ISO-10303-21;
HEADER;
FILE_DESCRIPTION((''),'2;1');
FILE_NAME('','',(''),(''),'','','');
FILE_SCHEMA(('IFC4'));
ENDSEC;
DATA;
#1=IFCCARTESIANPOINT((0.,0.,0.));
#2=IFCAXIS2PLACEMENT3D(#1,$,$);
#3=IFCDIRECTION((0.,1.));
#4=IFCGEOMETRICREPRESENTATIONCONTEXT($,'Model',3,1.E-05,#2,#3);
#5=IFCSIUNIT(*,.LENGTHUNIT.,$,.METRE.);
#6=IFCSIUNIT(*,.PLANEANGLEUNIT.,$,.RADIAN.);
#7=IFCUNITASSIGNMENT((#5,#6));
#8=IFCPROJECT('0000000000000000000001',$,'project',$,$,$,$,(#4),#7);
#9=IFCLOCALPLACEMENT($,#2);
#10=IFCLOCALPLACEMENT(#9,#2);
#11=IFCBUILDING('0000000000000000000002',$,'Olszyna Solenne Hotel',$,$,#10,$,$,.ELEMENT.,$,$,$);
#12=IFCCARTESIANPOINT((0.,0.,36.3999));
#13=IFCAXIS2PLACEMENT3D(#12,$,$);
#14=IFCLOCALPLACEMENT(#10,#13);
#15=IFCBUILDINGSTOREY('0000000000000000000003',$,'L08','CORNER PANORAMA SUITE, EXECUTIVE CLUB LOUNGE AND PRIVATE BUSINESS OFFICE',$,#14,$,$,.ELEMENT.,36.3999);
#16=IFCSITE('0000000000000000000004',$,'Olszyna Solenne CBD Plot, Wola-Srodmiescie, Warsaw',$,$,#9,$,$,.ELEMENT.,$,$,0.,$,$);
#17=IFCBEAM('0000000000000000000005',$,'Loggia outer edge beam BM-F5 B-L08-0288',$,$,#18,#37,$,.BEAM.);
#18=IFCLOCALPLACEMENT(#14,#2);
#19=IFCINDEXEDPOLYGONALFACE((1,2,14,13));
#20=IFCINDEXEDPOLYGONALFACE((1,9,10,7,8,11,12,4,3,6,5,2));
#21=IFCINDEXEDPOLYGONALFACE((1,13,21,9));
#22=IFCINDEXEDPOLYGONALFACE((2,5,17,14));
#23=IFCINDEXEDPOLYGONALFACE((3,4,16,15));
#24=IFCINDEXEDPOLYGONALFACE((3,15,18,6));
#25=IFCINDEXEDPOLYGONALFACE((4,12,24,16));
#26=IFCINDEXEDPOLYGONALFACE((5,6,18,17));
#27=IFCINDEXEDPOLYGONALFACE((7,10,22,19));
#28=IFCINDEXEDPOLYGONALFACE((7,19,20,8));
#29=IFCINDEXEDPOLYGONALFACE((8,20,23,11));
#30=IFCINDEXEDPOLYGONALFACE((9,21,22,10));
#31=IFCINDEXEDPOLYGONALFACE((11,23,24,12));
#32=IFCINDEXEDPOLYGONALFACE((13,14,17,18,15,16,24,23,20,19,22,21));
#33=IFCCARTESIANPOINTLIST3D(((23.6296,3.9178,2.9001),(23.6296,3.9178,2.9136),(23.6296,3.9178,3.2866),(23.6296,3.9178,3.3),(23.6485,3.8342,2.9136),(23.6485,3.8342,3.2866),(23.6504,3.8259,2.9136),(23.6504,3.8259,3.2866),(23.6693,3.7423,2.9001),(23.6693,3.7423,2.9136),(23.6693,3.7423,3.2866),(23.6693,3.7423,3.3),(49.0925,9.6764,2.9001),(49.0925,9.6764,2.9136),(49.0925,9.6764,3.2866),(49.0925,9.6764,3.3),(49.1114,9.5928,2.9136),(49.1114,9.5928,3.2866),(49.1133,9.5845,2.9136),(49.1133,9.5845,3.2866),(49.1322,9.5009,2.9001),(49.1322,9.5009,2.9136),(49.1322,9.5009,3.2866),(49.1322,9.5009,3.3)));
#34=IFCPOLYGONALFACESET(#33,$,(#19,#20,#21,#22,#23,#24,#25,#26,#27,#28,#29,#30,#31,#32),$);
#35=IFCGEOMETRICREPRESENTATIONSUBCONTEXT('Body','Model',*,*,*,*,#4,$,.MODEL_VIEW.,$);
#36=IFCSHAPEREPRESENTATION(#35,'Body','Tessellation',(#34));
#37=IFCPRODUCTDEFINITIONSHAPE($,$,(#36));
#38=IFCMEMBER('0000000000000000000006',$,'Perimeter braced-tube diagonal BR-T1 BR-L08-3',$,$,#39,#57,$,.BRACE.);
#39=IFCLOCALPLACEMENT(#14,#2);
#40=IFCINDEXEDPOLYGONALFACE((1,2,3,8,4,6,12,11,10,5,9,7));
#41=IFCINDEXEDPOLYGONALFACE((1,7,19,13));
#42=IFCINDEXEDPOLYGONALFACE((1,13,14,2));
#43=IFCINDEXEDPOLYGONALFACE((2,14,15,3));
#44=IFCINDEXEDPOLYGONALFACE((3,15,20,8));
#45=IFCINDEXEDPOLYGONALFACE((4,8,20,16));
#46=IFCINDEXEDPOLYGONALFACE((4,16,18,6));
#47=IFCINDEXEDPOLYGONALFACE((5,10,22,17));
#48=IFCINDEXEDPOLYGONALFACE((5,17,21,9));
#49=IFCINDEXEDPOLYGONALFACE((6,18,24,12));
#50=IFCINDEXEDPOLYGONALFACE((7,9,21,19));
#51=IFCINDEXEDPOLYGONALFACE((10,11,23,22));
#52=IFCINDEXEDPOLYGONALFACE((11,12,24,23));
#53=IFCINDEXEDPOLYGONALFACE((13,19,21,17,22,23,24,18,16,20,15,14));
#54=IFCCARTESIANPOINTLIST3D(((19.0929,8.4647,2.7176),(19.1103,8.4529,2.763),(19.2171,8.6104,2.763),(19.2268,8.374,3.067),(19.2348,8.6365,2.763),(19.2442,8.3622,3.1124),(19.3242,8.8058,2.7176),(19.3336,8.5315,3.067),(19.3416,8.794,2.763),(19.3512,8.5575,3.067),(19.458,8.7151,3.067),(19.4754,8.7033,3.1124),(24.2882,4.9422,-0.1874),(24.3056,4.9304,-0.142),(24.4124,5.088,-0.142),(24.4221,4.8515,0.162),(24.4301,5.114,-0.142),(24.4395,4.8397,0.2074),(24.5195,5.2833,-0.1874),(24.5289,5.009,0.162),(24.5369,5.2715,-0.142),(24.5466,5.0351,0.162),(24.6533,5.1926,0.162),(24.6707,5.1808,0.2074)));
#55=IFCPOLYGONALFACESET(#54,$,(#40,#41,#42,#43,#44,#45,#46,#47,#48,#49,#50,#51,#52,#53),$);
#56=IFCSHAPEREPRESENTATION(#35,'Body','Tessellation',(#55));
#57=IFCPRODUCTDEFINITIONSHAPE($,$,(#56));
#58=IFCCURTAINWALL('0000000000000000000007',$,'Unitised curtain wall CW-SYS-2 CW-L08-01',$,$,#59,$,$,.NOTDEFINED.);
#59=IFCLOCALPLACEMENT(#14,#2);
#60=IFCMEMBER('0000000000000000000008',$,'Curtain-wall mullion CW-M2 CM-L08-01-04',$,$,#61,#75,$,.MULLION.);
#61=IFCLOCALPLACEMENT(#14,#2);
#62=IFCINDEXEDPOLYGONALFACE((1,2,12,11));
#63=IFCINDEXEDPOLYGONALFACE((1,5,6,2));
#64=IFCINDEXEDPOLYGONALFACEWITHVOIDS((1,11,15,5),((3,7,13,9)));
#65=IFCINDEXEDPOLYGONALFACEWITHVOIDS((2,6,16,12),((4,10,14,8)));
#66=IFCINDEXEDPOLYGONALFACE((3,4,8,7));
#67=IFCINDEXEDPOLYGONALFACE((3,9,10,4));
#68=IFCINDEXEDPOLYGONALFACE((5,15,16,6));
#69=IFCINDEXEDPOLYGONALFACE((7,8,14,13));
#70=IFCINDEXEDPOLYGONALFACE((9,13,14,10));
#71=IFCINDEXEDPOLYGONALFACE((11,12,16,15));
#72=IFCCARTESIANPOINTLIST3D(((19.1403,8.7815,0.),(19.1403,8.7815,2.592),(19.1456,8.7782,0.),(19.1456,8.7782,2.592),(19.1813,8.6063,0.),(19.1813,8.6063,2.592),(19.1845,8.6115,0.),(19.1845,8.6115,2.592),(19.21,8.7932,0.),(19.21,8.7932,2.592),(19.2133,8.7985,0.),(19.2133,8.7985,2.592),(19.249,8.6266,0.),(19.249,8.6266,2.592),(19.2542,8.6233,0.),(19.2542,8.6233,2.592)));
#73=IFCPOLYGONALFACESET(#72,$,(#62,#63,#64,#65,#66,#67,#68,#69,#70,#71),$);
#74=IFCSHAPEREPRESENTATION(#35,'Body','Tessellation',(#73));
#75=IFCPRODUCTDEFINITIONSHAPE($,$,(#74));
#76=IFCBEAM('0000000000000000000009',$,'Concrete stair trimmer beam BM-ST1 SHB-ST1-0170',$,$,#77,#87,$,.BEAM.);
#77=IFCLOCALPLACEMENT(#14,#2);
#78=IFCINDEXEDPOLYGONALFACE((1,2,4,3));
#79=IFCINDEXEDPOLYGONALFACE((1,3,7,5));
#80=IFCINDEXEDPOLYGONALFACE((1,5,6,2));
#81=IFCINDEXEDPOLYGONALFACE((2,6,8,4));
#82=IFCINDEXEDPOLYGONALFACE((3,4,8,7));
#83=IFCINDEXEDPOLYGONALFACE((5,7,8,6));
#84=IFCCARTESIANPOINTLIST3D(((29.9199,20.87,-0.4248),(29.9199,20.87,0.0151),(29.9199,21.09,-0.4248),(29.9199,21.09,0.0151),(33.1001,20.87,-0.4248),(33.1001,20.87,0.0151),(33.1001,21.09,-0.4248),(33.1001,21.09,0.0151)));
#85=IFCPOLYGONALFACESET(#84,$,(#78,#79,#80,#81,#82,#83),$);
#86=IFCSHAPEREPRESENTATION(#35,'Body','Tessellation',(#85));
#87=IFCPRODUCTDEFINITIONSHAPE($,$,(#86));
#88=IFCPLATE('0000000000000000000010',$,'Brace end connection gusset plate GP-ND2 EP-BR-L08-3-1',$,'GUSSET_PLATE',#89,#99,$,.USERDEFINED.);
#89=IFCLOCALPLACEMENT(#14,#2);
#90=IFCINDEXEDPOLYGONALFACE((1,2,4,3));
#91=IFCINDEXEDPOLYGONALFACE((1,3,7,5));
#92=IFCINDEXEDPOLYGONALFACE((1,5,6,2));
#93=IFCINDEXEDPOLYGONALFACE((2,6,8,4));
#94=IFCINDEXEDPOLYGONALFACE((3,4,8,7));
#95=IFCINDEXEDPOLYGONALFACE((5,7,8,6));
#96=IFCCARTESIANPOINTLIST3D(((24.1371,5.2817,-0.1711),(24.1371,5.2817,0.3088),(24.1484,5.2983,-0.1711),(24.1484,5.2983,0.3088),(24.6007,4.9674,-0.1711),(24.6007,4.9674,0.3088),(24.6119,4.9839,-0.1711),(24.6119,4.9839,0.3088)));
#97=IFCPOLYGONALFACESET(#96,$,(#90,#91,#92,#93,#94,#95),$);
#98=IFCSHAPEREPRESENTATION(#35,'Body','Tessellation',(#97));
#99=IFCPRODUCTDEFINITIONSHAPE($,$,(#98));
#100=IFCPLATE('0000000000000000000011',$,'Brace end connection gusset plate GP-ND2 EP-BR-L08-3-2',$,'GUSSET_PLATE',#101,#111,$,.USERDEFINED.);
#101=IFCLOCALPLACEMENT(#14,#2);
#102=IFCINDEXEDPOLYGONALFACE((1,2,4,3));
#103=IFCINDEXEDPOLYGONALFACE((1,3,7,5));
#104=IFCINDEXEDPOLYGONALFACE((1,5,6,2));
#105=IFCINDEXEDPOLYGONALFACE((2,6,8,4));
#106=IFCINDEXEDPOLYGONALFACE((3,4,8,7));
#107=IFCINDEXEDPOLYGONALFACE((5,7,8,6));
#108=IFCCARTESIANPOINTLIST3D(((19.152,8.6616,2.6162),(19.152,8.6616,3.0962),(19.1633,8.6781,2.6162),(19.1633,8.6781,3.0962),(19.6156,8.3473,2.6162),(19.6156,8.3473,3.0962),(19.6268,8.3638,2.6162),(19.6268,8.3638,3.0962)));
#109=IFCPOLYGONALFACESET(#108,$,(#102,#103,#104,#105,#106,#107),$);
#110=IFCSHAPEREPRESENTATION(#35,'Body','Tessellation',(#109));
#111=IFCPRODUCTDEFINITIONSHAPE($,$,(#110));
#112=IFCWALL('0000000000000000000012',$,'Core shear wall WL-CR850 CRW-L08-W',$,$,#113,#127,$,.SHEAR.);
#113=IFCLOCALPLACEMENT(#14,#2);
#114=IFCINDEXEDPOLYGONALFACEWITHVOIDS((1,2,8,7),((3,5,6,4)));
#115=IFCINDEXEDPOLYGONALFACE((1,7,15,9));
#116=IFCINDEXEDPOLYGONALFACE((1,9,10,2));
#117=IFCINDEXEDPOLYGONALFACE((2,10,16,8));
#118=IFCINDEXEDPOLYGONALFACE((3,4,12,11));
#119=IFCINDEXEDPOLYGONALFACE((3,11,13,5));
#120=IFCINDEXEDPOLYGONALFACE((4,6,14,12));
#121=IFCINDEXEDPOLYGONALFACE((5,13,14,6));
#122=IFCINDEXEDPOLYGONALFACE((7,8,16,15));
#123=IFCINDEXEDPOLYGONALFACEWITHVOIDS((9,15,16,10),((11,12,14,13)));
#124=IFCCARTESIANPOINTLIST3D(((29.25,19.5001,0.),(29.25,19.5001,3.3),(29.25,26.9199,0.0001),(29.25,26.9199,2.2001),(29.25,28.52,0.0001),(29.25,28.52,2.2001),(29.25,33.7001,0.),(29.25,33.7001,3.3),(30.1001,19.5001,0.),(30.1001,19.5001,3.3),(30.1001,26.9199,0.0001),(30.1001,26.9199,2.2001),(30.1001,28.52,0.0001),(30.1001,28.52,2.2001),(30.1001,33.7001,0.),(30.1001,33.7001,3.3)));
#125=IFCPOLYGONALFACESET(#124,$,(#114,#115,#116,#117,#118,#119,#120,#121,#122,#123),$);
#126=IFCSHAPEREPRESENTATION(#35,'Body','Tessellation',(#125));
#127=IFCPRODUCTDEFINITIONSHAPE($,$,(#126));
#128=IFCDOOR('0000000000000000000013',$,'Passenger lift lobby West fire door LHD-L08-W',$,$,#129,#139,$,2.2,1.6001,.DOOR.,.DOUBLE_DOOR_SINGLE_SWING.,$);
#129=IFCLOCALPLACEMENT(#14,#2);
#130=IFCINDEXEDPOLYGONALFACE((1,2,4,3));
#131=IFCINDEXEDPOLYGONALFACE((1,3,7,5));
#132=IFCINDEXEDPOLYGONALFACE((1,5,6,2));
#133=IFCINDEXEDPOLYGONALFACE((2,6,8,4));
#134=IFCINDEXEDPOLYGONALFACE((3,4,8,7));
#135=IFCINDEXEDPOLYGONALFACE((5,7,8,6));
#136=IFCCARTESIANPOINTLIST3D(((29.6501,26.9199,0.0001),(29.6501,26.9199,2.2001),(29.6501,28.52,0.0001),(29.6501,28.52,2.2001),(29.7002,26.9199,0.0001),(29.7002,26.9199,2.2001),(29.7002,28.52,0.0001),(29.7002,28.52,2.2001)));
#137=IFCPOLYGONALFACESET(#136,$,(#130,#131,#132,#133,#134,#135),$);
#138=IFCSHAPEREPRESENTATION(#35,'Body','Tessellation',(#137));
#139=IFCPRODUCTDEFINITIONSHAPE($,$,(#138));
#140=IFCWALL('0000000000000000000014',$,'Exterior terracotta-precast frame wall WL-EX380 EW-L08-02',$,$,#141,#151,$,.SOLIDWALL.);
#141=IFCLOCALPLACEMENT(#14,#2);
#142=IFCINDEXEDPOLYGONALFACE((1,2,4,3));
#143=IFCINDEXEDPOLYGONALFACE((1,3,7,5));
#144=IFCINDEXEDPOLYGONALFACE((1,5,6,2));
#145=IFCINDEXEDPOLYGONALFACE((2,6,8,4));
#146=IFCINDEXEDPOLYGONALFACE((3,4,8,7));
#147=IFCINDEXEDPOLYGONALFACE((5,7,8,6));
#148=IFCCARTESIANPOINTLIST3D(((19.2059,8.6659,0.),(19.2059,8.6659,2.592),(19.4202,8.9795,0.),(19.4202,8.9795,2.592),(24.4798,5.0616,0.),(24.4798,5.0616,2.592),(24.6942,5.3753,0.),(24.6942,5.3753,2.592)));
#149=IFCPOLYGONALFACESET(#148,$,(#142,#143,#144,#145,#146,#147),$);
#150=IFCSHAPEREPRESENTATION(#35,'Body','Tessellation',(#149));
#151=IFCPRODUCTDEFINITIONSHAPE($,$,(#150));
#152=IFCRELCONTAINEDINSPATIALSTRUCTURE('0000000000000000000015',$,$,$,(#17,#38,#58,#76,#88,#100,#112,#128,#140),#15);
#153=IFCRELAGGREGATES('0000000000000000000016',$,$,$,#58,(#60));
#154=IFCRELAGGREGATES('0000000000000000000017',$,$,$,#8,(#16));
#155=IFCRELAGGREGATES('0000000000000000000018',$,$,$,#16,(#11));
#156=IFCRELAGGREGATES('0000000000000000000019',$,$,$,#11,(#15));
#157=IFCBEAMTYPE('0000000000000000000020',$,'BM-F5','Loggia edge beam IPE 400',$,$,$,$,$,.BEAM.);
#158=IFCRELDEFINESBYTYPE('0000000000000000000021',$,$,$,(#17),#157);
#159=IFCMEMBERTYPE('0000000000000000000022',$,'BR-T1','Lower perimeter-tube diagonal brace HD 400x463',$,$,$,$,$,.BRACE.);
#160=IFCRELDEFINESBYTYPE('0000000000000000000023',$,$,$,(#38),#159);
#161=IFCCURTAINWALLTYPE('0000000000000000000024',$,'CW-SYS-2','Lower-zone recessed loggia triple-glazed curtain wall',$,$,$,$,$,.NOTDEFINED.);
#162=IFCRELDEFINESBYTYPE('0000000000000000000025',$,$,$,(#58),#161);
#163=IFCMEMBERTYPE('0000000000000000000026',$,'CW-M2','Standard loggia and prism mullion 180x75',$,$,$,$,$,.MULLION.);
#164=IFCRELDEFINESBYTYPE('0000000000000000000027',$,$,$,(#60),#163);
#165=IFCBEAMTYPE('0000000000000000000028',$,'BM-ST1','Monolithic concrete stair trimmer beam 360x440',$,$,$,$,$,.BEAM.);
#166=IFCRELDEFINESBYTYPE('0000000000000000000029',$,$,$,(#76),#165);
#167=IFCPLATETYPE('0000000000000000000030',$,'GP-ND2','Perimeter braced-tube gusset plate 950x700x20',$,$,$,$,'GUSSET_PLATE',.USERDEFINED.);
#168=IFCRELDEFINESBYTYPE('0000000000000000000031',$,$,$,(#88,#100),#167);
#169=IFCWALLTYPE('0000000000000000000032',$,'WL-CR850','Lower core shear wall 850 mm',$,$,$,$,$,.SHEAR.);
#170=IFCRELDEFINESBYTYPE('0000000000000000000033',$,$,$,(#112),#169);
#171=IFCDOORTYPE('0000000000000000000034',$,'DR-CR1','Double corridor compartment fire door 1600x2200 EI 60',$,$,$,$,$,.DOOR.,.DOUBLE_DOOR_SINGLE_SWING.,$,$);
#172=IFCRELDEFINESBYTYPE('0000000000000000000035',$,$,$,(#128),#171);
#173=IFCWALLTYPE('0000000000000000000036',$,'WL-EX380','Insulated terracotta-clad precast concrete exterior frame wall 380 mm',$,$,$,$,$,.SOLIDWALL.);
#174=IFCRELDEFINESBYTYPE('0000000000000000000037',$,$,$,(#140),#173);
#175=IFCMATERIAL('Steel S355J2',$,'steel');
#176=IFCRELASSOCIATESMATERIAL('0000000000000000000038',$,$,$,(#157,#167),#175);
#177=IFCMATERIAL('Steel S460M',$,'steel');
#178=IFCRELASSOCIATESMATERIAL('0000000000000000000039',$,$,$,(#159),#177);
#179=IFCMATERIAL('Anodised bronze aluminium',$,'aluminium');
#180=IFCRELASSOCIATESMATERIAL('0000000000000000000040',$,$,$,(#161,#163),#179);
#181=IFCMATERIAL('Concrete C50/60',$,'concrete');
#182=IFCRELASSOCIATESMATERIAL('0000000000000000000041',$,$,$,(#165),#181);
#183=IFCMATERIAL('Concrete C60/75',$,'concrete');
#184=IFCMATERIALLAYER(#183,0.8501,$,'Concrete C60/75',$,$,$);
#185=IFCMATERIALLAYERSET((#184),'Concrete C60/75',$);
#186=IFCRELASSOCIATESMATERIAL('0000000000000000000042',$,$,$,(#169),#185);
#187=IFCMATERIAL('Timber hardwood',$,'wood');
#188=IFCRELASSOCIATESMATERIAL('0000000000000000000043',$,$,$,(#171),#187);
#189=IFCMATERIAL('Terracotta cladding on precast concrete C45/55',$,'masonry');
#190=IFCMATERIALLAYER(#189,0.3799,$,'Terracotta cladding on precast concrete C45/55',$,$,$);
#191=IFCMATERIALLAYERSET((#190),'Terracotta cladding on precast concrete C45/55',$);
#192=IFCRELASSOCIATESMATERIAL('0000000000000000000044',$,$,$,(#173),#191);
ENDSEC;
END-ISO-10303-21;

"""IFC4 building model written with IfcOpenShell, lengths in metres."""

from ifc_helpers import new_model, si_unit, direction, frame, frame_2d, origin, origin_2d, place, context, subcontext, project, spatial, rectangle, hollow_rectangle, i_section, extrude, source, transform, mapped, material, layer, layer_set, material_profile, profile_set, type_object, type_shapes, element, fill, aggregate, save


model = new_model("IFC4")

# Units and contexts
model_context = context("Model", 3, precision=1e-05, world=origin(), true_north=direction((0.0, 1.0)))
body_context = subcontext(model_context, "Body", "Model", "MODEL_VIEW")
ifc_project = project(units=[si_unit("LENGTHUNIT", "METRE"), si_unit("PLANEANGLEUNIT", "RADIAN")], contexts=[model_context])

# Site, building, storey
site_placement = place(None, origin())
site = spatial("IfcSite", under=ifc_project, at=site_placement, Name="Olszyna Solenne CBD Plot, Wola-Srodmiescie, Warsaw", CompositionType="ELEMENT", RefElevation=0.0)
building_placement = place(site_placement, origin())
building = spatial("IfcBuilding", under=site, at=building_placement, Name="Olszyna Solenne Hotel", CompositionType="ELEMENT")
storey_placement = place(building_placement, frame((0.0, 0.0, 36.3999)))
storey = spatial("IfcBuildingStorey", under=building, at=storey_placement, Name="L08", Description="CORNER PANORAMA SUITE, EXECUTIVE CLUB LOUNGE AND PRIVATE BUSINESS OFFICE", CompositionType="ELEMENT", Elevation=36.3999)

# Shared definitions
ifc_material_1 = material(Name="Steel S460M", Category="steel")

# Beam
ifc_material_2 = material(Name="Steel S355J2", Category="steel")
ifc_material_profile_1 = material_profile(ifc_material_2, i_section(OverallWidth=0.1799, OverallDepth=0.3999, WebThickness=0.0085, FlangeThickness=0.0134, at=origin_2d()), Name="IPE 400", Category="load-bearing")
ifc_profile_set_1 = profile_set([ifc_material_profile_1], Name="Steel S355J2")
beam_type_1 = type_object("IfcBeamType", Name="BM-F5", Description="Loggia edge beam IPE 400", PredefinedType="BEAM", material=ifc_profile_set_1)
shared_shape_1 = source(origin(), body_context, "Body", "SweptSolid", [
    extrude(i_section(OverallWidth=0.1799, OverallDepth=0.3999, WebThickness=0.0085, FlangeThickness=0.0134, at=origin_2d()), origin(), (0.0, 0.0, 1.0), 26.106),
])
beam_1_placement = place(storey_placement, frame((23.6494, 3.8301, 3.1001), z_axis=(0.975368, 0.220584, 0.0), x_axis=(-0.220584, 0.975368, 0.0)))
element("IfcBeam", 1, at=beam_1_placement, inside=storey, type_object=beam_type_1, Name="Loggia outer edge beam BM-F5 B-L08-0288", PredefinedType="BEAM", context=body_context, shape_type="MappedRepresentation", body=[
    mapped(shared_shape_1, transform((0.0, 0.0, 0.0), x_axis=(1.0, 0.0, 0.0), y_axis=(0.0, 1.0, 0.0), z_axis=(0.0, 0.0, 1.0), scale=1.0)),
])

# Member
ifc_material_profile_2 = material_profile(ifc_material_1, i_section(OverallWidth=0.4121, OverallDepth=0.4351, WebThickness=0.0315, FlangeThickness=0.05, at=origin_2d()), Name="HD 400x463", Category="load-bearing")
ifc_profile_set_2 = profile_set([ifc_material_profile_2], Name="Steel S460M")
member_type_1 = type_object("IfcMemberType", Name="BR-T1", Description="Lower perimeter-tube diagonal brace HD 400x463", PredefinedType="BRACE", material=ifc_profile_set_2)
shared_shape_2 = source(origin(), body_context, "Body", "SweptSolid", [
    extrude(i_section(OverallWidth=0.4121, OverallDepth=0.4351, WebThickness=0.0315, FlangeThickness=0.05, at=origin_2d()), origin(), (0.0, 0.0, 1.0), 6.9165),
])
member_1_placement = place(storey_placement, frame((24.4795, 5.0615, 0.01), z_axis=(-0.751146, 0.509283, 0.420013), x_axis=(-0.561182, -0.827693, 0.0)))
element("IfcMember", 2, at=member_1_placement, inside=storey, type_object=member_type_1, Name="Perimeter braced-tube diagonal BR-T1 BR-L08-3", PredefinedType="BRACE", context=body_context, shape_type="MappedRepresentation", body=[
    mapped(shared_shape_2, transform((0.0, 0.0, 0.0), x_axis=(1.0, 0.0, 0.0), y_axis=(0.0, 1.0, 0.0), z_axis=(0.0, 0.0, 1.0), scale=1.0)),
])

# Curtain wall, member
ifc_material_3 = material(Name="Anodised bronze aluminium", Category="aluminium")
curtain_wall_type = type_object("IfcCurtainWallType", Name="CW-SYS-2", Description="Lower-zone recessed loggia triple-glazed curtain wall", PredefinedType="NOTDEFINED", material=ifc_material_3)
curtain_wall_placement = place(storey_placement, origin())
curtain_wall = element("IfcCurtainWall", 3, at=curtain_wall_placement, inside=storey, type_object=curtain_wall_type, Name="Unitised curtain wall CW-SYS-2 CW-L08-01", PredefinedType="NOTDEFINED")
ifc_material_profile_3 = material_profile(ifc_material_3, hollow_rectangle(XDim=0.075, YDim=0.1799, WallThickness=0.0044, at=origin_2d()), Name="MULL 180x75x4.5", Category="load-bearing")
ifc_profile_set_3 = profile_set([ifc_material_profile_3], Name="Anodised bronze aluminium")
member_type_2 = type_object("IfcMemberType", Name="CW-M2", Description="Standard loggia and prism mullion 180x75", PredefinedType="MULLION", material=ifc_profile_set_3)
shared_shape_3 = source(origin(), body_context, "Body", "SweptSolid", [
    extrude(hollow_rectangle(XDim=0.075, YDim=0.1799, WallThickness=0.0044, at=origin_2d()), origin(), (0.0, 0.0, 1.0), 2.592),
])
member_2_placement = place(storey_placement, frame((19.1973, 8.7024, 0.0), z_axis=(0.0, 0.0, 1.0), x_axis=(0.97371, 0.22779, 0.0)))
member_2 = element("IfcMember", 4, at=member_2_placement, type_object=member_type_2, Name="Curtain-wall mullion CW-M2 CM-L08-01-04", PredefinedType="MULLION", context=body_context, shape_type="MappedRepresentation", body=[
    mapped(shared_shape_3, transform((0.0, 0.0, 0.0), x_axis=(1.0, 0.0, 0.0), y_axis=(0.0, 1.0, 0.0), z_axis=(0.0, 0.0, 1.0), scale=1.0)),
])
aggregate(curtain_wall, [member_2])

# Beam
ifc_material_4 = material(Name="Concrete C50/60", Category="concrete")
ifc_material_profile_4 = material_profile(ifc_material_4, rectangle(XDim=0.22, YDim=0.4399, at=origin_2d()), Name="RC 220x440", Category="load-bearing")
ifc_profile_set_4 = profile_set([ifc_material_profile_4], Name="Concrete C50/60")
beam_type_2 = type_object("IfcBeamType", Name="BM-ST1", Description="Monolithic concrete stair trimmer beam 360x440", PredefinedType="BEAM", material=ifc_profile_set_4)
shared_shape_4 = source(origin(), body_context, "Body", "SweptSolid", [
    extrude(rectangle(XDim=0.22, YDim=0.4399, at=origin_2d()), origin(), (0.0, 0.0, 1.0), 3.1802),
])
beam_2_placement = place(storey_placement, frame((33.1001, 20.98, -0.2048), z_axis=(-1.0, 0.0, 0.0), x_axis=(0.0, -1.0, 0.0)))
element("IfcBeam", 5, at=beam_2_placement, inside=storey, type_object=beam_type_2, Name="Concrete stair trimmer beam BM-ST1 SHB-ST1-0170", PredefinedType="BEAM", context=body_context, shape_type="MappedRepresentation", body=[
    mapped(shared_shape_4, transform((0.0, 0.0, 0.0), x_axis=(1.0, 0.0, 0.0), y_axis=(0.0, 1.0, 0.0), z_axis=(0.0, 0.0, 1.0), scale=1.0)),
])

# Plates
plate_type = type_object("IfcPlateType", Name="GP-ND2", Description="Perimeter braced-tube gusset plate 950x700x20", ElementType="GUSSET_PLATE", PredefinedType="USERDEFINED", material=ifc_material_2)
shared_shape_5 = source(origin(), body_context, "Body", "SweptSolid", [
    extrude(rectangle(XDim=0.5601, YDim=0.02, at=origin_2d()), origin(), (0.0, 0.0, 1.0), 0.48),
])
for number, where, z_axis, x_axis, name in (
    (6, (24.3745, 5.1328, -0.1711), (0.0, 0.0, 1.0), (-0.827669, 0.561217, 0.0), "Brace end connection gusset plate GP-ND2 EP-BR-L08-3-1"),
    (7, (19.3894, 8.5127, 2.6162), (0.0, 0.0, 1.0), (-0.827669, 0.561217, 0.0), "Brace end connection gusset plate GP-ND2 EP-BR-L08-3-2"),
):
    element("IfcPlate", number, at=place(storey_placement, frame(where, z_axis=z_axis, x_axis=x_axis)), inside=storey, type_object=plate_type, Name=name, ObjectType="GUSSET_PLATE", PredefinedType="USERDEFINED", context=body_context, shape_type="MappedRepresentation", body=[
        mapped(shared_shape_5, transform((0.0, 0.0, 0.0), x_axis=(1.0, 0.0, 0.0), y_axis=(0.0, 1.0, 0.0), z_axis=(0.0, 0.0, 1.0), scale=1.0)),
    ])

# Wall, opening, door
ifc_material_5 = material(Name="Concrete C60/75", Category="concrete")
ifc_layer_1 = layer(ifc_material_5, 0.8501, Name="Concrete C60/75")
ifc_layer_set_1 = layer_set([ifc_layer_1], Name="Concrete C60/75")
wall_type_1 = type_object("IfcWallType", Name="WL-CR850", Description="Lower core shear wall 850 mm", PredefinedType="SHEAR", material=ifc_layer_set_1)
wall_1_placement = place(storey_placement, frame((29.675, 19.5, 0.0), z_axis=(0.0, 0.0, 1.0), x_axis=(0.0, 1.0, 0.0)))
wall_1 = element("IfcWall", 8, at=wall_1_placement, inside=storey, type_object=wall_type_1, Name="Core shear wall WL-CR850 CRW-L08-W", PredefinedType="SHEAR", context=body_context, shape_type="SweptSolid", body=[
    extrude(rectangle(XDim=14.2, YDim=0.8501, at=frame_2d((7.1001, 0.0))), origin(), (0.0, 0.0, 1.0), 3.3),
])
opening_1_placement = place(wall_1_placement, frame((7.4199, 0.0, 0.0)))
opening_1 = element("IfcOpeningElement", 9, at=opening_1_placement, cuts=wall_1, PredefinedType="OPENING", context=body_context, shape_type="SweptSolid", body=[
    extrude(rectangle(XDim=1.6001, YDim=2.2, at=frame_2d((0.8, 1.1001))), frame((0.0, 0.4351, 0.0), z_axis=(0.0, -1.0, 0.0), x_axis=(1.0, 0.0, 0.0)), (0.0, 0.0, 1.0), 0.8701),
])
ifc_material_6 = material(Name="Timber hardwood", Category="wood")
door_type_1 = type_object("IfcDoorType", Name="DR-CR1", Description="Double corridor compartment fire door 1600x2200 EI 60", OperationType="DOUBLE_DOOR_SINGLE_SWING", PredefinedType="DOOR", material=ifc_material_6)
shared_shape_6 = source(origin(), body_context, "Body", "SweptSolid", [
    extrude(rectangle(XDim=1.6001, YDim=2.2, at=frame_2d((0.8, 1.1001))), frame((0.0, 0.0249, 0.0), z_axis=(0.0, -1.0, 0.0), x_axis=(1.0, 0.0, 0.0)), (0.0, 0.0, 1.0), 0.05),
])
type_shapes(door_type_1, [shared_shape_6])
door_1_placement = place(opening_1_placement, origin())
door_1 = element("IfcDoor", 10, at=door_1_placement, inside=storey, type_object=door_type_1, Name="Passenger lift lobby West fire door LHD-L08-W", OperationType="DOUBLE_DOOR_SINGLE_SWING", OverallHeight=2.2, OverallWidth=1.6001, PredefinedType="DOOR", context=body_context, shape_type="MappedRepresentation", body=[
    mapped(shared_shape_6, transform((0.0, 0.0, 0.0), x_axis=(1.0, 0.0, 0.0), y_axis=(0.0, 1.0, 0.0), z_axis=(0.0, 0.0, 1.0), scale=1.0)),
])
fill(opening_1, door_1)

# Wall
ifc_material_7 = material(Name="Terracotta cladding on precast concrete C45/55", Category="masonry")
ifc_layer_2 = layer(ifc_material_7, 0.3799, Name="Terracotta cladding on precast concrete C45/55")
ifc_layer_set_2 = layer_set([ifc_layer_2], Name="Terracotta cladding on precast concrete C45/55")
wall_type_2 = type_object("IfcWallType", Name="WL-EX380", Description="Insulated terracotta-clad precast concrete exterior frame wall 380 mm", PredefinedType="SOLIDWALL", material=ifc_layer_set_2)
wall_2_placement = place(storey_placement, frame((24.5869, 5.2185, 0.0), z_axis=(0.0, 0.0, 1.0), x_axis=(-0.825616, 0.564233, 0.0)))
element("IfcWall", 11, at=wall_2_placement, inside=storey, type_object=wall_type_2, Name="Exterior terracotta-precast frame wall WL-EX380 EW-L08-02", PredefinedType="SOLIDWALL", context=body_context, shape_type="SweptSolid", body=[
    extrude(rectangle(XDim=6.3879, YDim=0.3799, at=frame_2d((3.1938, 0.0))), origin(), (0.0, 0.0, 1.0), 2.592),
])

save(model, "model.ifc")
